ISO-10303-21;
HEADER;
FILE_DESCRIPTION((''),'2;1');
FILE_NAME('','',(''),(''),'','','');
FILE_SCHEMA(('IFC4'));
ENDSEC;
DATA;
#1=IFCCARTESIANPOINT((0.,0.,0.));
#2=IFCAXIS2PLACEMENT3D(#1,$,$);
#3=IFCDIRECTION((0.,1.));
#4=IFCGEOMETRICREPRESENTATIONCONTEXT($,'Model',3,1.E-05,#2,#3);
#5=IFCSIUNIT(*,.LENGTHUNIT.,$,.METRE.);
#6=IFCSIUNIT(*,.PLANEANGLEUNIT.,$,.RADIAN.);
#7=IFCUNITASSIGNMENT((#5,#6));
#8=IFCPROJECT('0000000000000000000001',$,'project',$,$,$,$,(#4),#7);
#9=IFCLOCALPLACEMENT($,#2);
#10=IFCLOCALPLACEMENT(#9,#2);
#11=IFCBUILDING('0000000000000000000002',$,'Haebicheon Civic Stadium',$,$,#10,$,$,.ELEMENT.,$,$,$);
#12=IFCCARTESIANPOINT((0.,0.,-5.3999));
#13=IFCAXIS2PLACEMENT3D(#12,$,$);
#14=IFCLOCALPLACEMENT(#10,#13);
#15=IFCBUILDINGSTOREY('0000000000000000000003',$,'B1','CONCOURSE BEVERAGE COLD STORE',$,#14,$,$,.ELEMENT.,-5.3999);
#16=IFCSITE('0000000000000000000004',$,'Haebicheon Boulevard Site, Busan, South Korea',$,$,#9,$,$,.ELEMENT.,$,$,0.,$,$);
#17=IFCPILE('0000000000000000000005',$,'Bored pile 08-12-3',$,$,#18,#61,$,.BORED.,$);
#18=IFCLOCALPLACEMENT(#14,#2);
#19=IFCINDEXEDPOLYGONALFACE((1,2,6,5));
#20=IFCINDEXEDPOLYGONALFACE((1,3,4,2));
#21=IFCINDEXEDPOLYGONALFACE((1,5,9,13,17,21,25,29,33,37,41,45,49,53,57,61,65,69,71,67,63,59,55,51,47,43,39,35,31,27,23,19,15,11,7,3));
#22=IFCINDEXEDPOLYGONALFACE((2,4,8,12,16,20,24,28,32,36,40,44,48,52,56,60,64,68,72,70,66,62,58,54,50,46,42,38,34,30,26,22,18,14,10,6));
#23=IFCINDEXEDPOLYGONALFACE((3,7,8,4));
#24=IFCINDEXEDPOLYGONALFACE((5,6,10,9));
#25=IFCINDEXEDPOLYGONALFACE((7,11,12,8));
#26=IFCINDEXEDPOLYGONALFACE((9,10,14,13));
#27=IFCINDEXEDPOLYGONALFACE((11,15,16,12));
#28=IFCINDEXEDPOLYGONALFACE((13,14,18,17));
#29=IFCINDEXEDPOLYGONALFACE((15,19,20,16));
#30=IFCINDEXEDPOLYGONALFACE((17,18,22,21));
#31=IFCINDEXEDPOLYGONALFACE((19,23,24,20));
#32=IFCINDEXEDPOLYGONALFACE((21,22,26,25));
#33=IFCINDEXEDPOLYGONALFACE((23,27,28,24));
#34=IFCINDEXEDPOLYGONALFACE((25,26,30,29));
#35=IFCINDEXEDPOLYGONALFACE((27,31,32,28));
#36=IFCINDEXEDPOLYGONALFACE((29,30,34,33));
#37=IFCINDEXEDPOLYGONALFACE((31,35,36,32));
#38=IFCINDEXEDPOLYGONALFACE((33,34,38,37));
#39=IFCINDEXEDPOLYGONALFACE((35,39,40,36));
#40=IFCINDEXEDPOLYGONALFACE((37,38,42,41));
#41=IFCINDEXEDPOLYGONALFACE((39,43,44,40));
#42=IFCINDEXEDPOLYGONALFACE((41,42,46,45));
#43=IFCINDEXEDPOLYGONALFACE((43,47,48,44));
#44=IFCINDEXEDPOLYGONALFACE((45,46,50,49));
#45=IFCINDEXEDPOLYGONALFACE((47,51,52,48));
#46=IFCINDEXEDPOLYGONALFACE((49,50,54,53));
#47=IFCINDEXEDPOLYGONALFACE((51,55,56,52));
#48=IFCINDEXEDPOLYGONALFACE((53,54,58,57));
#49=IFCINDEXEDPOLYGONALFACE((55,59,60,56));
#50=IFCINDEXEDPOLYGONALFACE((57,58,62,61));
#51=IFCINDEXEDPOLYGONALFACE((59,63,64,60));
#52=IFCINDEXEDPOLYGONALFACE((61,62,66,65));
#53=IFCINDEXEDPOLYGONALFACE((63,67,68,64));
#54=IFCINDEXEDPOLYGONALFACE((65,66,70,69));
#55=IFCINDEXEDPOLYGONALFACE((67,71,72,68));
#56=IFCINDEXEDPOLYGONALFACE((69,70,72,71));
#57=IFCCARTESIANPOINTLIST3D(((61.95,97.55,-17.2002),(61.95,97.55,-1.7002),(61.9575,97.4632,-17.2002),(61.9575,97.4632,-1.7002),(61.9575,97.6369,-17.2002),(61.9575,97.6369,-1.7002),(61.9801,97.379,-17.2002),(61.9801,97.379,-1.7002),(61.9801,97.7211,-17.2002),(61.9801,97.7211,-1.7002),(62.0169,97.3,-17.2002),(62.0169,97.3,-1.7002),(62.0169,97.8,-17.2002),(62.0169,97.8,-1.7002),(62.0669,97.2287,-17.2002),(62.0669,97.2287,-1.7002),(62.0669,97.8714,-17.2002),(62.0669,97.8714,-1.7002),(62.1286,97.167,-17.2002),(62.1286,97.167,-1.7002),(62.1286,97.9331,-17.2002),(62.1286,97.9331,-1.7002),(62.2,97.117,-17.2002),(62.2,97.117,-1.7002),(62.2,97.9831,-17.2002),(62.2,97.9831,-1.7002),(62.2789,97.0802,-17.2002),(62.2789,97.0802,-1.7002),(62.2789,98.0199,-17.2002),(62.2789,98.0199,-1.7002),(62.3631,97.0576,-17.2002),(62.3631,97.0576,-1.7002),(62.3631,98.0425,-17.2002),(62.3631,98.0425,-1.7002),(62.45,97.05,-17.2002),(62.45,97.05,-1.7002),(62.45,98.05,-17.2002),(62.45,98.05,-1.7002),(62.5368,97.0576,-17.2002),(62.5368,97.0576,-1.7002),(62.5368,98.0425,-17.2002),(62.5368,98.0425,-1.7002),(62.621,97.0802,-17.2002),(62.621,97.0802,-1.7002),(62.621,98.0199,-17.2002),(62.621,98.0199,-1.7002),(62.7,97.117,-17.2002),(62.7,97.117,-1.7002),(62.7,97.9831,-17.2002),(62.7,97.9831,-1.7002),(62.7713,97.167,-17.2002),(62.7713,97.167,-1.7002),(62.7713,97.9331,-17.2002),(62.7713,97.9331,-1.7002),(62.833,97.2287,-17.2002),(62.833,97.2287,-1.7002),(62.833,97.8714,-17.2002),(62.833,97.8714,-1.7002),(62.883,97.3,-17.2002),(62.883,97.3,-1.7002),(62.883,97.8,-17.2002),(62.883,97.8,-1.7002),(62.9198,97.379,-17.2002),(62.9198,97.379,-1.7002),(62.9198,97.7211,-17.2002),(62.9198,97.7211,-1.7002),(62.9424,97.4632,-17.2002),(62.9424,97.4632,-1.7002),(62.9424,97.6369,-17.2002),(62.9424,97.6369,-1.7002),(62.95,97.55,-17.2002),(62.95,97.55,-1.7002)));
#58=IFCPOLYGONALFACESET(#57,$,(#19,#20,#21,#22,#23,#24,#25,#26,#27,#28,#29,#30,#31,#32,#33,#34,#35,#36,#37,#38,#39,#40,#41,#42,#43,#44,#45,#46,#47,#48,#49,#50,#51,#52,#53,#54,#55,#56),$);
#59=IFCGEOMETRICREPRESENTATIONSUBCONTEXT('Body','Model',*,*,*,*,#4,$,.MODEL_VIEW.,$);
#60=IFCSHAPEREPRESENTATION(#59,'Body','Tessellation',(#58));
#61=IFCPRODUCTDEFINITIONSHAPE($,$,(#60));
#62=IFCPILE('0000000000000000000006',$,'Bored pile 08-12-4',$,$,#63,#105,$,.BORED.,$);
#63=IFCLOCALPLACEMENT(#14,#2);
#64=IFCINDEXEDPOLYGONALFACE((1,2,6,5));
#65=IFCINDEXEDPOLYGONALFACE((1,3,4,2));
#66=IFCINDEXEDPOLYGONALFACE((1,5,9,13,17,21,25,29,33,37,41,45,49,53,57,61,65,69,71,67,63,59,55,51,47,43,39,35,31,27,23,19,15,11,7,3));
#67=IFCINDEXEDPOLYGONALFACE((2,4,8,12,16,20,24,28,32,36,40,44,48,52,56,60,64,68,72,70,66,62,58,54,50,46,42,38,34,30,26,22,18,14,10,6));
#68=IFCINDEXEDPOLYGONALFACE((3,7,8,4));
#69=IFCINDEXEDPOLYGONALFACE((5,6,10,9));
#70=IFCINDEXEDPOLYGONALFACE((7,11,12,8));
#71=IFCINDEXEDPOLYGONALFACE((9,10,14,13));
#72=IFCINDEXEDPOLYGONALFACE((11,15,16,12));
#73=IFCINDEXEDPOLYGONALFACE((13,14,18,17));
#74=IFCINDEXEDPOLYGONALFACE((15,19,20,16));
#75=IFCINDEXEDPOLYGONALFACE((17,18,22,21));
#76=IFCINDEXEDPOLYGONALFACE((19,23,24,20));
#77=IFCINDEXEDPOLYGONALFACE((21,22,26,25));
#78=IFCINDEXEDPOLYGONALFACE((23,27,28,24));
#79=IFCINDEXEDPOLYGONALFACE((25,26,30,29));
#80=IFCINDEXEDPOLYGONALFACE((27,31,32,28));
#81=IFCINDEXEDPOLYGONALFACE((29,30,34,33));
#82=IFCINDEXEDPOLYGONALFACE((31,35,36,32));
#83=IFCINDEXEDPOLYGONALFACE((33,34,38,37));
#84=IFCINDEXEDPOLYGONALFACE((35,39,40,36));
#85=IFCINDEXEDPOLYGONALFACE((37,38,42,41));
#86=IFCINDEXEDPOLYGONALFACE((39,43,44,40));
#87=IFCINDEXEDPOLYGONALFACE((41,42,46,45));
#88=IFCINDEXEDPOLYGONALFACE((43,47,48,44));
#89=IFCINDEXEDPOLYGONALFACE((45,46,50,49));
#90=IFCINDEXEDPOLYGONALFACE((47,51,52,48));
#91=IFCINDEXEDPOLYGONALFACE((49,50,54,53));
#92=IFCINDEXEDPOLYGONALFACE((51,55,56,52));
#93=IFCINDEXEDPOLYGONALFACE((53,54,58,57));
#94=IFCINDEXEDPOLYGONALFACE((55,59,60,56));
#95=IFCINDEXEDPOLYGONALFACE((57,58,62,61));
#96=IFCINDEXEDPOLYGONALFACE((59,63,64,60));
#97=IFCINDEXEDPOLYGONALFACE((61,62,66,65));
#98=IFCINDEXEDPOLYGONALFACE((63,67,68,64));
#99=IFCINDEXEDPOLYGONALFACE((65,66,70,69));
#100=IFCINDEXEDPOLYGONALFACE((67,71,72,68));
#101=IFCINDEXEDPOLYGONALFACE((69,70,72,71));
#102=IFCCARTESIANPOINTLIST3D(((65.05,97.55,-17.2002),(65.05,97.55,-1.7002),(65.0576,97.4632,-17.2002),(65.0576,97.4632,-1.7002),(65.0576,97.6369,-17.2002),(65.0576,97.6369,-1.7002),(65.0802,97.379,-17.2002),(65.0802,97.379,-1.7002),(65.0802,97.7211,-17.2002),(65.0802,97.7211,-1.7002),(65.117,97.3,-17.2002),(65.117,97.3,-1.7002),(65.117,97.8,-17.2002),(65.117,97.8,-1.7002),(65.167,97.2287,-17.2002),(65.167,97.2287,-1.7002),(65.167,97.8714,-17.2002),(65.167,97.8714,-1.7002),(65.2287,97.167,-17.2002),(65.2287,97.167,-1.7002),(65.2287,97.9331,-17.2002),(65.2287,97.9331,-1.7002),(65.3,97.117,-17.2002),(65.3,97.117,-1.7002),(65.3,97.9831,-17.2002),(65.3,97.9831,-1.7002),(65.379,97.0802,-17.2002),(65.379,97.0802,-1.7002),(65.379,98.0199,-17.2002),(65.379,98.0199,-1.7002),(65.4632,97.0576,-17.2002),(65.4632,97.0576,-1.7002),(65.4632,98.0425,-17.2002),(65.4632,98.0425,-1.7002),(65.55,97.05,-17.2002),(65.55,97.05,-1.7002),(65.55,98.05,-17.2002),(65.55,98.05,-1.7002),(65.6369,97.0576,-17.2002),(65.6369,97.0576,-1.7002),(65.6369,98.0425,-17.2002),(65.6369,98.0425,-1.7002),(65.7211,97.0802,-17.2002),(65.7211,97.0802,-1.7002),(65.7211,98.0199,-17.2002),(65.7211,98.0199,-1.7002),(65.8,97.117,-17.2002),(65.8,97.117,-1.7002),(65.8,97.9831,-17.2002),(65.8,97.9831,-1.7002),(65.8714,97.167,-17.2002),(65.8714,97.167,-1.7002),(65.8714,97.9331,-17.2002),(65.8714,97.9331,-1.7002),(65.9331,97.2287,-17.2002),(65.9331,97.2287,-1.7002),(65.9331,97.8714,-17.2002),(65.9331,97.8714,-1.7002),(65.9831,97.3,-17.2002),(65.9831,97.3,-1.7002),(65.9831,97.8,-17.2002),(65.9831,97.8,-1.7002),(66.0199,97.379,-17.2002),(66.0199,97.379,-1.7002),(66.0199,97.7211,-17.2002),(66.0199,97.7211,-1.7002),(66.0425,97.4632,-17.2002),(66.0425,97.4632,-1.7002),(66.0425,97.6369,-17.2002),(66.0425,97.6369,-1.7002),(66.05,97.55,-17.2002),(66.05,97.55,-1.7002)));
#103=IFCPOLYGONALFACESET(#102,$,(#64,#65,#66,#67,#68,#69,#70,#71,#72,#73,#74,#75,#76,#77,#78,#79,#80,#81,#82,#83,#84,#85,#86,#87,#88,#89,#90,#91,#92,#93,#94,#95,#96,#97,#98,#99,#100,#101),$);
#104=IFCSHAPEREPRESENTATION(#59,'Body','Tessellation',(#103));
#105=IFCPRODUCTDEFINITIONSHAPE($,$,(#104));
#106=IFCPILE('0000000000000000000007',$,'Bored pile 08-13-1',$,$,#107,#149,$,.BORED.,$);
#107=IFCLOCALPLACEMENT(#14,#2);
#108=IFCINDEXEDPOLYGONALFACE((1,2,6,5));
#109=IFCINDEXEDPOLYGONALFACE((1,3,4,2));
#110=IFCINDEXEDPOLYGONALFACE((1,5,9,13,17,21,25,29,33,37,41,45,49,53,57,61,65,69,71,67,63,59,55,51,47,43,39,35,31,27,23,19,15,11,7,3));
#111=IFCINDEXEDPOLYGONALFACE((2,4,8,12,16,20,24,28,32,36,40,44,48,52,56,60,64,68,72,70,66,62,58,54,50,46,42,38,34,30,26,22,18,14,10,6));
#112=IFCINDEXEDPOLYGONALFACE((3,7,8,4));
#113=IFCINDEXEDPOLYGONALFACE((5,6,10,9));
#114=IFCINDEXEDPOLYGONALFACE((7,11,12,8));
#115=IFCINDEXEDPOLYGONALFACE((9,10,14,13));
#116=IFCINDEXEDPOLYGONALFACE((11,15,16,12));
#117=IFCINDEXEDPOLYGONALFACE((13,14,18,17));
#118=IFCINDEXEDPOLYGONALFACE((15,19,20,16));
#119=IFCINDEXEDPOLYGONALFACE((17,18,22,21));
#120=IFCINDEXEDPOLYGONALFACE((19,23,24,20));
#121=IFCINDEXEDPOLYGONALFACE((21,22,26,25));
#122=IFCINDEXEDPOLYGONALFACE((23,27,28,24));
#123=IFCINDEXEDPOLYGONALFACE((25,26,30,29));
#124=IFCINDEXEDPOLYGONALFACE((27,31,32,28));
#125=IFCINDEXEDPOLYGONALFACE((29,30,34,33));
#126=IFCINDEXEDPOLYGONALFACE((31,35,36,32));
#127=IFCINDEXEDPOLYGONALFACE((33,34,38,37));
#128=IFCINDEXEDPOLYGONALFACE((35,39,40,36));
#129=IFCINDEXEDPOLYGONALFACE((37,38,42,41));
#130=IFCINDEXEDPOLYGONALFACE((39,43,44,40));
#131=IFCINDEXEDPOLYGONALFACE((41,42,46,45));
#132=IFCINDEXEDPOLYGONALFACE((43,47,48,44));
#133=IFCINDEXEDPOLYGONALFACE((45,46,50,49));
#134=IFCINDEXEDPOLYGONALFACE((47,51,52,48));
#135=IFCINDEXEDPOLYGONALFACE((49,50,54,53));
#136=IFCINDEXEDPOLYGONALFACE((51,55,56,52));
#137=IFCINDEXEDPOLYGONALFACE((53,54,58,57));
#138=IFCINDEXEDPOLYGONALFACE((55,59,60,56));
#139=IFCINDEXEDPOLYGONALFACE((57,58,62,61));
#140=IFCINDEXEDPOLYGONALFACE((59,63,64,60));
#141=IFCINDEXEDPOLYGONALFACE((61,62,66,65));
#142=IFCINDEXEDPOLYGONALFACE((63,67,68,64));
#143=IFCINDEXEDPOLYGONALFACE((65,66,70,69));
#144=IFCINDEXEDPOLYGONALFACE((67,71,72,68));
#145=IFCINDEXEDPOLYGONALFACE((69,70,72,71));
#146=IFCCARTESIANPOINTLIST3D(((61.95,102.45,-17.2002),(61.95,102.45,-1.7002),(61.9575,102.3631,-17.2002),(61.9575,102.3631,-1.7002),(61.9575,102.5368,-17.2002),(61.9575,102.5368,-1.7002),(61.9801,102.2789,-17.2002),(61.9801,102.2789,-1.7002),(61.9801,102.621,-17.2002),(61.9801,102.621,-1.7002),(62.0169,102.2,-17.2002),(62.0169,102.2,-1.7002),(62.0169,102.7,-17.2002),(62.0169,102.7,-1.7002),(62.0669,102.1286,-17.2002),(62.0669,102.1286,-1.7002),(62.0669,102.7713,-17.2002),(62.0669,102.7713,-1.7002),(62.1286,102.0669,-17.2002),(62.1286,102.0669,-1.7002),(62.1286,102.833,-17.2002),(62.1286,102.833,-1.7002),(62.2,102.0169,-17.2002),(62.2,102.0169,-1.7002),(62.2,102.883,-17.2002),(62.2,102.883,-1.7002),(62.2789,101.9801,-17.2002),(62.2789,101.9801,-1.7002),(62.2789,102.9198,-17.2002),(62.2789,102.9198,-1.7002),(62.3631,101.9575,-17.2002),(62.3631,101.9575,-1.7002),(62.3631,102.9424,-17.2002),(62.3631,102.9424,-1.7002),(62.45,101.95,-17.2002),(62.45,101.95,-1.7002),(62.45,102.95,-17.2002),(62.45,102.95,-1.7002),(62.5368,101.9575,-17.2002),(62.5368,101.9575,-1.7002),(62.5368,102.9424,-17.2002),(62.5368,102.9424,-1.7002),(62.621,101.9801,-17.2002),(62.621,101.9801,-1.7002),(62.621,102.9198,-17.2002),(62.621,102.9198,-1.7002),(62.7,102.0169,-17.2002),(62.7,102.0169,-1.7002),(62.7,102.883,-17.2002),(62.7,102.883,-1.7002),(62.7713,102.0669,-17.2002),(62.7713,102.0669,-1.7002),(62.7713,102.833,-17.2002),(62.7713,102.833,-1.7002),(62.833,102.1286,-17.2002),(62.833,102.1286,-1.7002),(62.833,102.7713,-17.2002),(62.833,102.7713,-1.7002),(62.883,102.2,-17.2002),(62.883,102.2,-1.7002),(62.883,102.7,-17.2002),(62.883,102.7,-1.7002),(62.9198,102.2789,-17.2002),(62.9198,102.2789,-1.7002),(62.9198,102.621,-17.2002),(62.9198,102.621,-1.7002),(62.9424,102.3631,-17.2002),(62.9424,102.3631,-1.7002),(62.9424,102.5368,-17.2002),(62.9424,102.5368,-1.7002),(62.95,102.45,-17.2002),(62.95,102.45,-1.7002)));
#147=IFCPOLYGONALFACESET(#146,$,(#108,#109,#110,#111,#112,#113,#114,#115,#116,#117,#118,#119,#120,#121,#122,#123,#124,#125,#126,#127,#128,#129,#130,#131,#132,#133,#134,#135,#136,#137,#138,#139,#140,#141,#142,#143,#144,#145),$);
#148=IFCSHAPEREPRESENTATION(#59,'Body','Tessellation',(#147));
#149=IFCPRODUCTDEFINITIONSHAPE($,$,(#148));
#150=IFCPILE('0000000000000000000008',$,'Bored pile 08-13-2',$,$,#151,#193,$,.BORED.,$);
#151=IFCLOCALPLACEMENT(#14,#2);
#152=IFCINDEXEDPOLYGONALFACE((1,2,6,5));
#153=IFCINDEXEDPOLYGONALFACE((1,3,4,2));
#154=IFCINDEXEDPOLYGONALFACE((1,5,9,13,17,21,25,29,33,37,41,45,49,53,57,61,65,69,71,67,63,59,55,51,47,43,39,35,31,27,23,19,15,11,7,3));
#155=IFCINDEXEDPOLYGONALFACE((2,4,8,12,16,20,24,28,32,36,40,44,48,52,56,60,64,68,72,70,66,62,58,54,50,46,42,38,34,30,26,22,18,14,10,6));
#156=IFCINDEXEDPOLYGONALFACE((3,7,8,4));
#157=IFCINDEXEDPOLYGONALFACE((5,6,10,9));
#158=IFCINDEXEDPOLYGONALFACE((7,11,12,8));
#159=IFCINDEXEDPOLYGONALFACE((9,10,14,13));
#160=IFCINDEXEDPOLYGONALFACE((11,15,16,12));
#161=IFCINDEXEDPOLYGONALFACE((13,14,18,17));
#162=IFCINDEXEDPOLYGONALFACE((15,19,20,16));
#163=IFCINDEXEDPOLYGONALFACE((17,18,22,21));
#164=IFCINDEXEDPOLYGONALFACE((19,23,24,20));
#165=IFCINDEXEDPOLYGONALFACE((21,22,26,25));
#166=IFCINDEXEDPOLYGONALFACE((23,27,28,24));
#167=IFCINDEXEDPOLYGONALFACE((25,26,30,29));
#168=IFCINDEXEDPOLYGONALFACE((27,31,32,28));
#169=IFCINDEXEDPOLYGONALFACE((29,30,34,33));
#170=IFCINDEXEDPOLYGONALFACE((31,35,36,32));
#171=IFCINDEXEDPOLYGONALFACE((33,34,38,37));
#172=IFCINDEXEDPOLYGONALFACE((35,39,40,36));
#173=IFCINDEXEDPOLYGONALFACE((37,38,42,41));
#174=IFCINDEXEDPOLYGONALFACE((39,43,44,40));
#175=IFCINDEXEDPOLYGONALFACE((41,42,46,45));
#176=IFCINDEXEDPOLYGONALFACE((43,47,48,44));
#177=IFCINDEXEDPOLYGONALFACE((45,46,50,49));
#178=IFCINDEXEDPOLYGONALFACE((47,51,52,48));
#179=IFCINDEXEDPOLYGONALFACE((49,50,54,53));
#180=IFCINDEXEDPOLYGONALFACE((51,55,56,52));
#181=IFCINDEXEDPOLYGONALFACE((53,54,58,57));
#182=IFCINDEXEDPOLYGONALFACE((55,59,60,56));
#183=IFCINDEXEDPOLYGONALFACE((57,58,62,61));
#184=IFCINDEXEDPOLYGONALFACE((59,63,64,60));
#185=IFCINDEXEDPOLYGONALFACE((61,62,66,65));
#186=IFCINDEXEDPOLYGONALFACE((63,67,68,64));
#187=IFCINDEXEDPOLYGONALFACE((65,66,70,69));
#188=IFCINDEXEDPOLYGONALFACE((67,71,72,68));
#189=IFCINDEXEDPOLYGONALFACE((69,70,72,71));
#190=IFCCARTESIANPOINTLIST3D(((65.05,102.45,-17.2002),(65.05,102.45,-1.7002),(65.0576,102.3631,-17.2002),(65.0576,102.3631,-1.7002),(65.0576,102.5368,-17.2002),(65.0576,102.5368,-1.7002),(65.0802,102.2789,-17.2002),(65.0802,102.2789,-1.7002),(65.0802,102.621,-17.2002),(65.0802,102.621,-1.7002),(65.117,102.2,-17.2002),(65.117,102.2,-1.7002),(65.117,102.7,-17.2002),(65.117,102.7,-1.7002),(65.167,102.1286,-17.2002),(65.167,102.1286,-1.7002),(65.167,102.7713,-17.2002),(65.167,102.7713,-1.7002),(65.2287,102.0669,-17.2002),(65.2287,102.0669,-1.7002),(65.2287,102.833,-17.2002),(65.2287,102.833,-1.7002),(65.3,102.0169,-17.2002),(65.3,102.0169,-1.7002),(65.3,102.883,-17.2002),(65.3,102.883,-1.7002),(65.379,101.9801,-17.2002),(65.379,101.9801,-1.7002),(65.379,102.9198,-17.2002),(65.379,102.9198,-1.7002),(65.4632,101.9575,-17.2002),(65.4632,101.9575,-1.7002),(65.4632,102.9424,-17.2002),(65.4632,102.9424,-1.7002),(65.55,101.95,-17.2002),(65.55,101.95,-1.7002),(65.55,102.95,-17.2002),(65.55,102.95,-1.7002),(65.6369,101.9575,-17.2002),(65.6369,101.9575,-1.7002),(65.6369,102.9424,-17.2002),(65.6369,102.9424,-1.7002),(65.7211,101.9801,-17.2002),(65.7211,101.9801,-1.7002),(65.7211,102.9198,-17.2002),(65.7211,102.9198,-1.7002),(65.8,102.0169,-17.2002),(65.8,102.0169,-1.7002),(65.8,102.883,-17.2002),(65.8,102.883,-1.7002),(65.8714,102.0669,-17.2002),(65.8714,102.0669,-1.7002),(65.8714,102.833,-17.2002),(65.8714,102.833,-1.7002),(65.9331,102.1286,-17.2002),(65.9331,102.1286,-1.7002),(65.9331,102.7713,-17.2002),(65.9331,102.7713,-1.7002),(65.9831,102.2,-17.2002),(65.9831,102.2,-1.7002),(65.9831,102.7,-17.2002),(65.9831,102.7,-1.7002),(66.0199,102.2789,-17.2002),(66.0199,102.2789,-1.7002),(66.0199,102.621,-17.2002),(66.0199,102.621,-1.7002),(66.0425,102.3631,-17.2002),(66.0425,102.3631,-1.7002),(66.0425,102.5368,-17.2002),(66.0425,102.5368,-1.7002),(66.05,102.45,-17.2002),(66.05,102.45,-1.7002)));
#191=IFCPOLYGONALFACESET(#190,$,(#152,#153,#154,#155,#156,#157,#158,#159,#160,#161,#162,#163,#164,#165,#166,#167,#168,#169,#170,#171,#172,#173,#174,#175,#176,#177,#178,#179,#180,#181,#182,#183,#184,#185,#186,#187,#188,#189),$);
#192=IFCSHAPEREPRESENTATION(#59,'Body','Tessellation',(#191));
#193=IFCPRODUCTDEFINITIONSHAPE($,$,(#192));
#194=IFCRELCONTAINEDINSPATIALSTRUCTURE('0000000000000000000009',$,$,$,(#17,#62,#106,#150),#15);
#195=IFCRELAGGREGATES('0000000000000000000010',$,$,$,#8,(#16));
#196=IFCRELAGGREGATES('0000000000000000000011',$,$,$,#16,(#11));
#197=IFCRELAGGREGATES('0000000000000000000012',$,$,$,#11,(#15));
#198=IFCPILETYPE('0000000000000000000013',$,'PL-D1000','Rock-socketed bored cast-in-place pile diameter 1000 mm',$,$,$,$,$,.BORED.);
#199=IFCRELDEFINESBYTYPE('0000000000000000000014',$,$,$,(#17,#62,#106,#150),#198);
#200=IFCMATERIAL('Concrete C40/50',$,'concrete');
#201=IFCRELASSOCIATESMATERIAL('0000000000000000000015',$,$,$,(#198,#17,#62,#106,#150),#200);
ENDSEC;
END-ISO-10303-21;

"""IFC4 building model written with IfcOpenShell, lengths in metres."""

from ifc_helpers import new_model, si_unit, direction, frame, origin, origin_2d, place, context, subcontext, project, spatial, circle, extrude, material, material_profile, profile_set, type_object, element, save


model = new_model("IFC4")

# Units and contexts
model_context = context("Model", 3, precision=1e-05, world=origin(), true_north=direction((0.0, 1.0)))
body_context = subcontext(model_context, "Body", "Model", "MODEL_VIEW")
ifc_project = project(units=[si_unit("LENGTHUNIT", "METRE"), si_unit("PLANEANGLEUNIT", "RADIAN")], contexts=[model_context])

# Site, building, storey
site_placement = place(None, origin())
site = spatial("IfcSite", under=ifc_project, at=site_placement, Name="Haebicheon Boulevard Site, Busan, South Korea", CompositionType="ELEMENT", RefElevation=0.0)
building_placement = place(site_placement, origin())
building = spatial("IfcBuilding", under=site, at=building_placement, Name="Haebicheon Civic Stadium", CompositionType="ELEMENT")
storey_placement = place(building_placement, frame((0.0, 0.0, -5.3999)))
storey = spatial("IfcBuildingStorey", under=building, at=storey_placement, Name="B1", Description="CONCOURSE BEVERAGE COLD STORE", CompositionType="ELEMENT", Elevation=-5.3999)

# Piles
ifc_material_1 = material(Name="Concrete C40/50", Category="concrete")
ifc_material_profile_1 = material_profile(ifc_material_1, circle(Radius=0.5, at=origin_2d()), Name="PILE-D1000")
ifc_profile_set_1 = profile_set([ifc_material_profile_1], Name="Concrete C40/50")
pile_type = type_object("IfcPileType", Name="PL-D1000", Description="Rock-socketed bored cast-in-place pile diameter 1000 mm", PredefinedType="BORED", material=ifc_profile_set_1)
for number, where, z_axis, x_axis, name in (
    (1, (62.45, 97.55, -1.7002), (0.0, 0.0, -1.0), (1.0, 0.0, 0.0), "Bored pile 08-12-3"),
    (2, (65.55, 97.55, -1.7002), (0.0, 0.0, -1.0), (1.0, 0.0, 0.0), "Bored pile 08-12-4"),
    (3, (62.45, 102.45, -1.7002), (0.0, 0.0, -1.0), (1.0, 0.0, 0.0), "Bored pile 08-13-1"),
    (4, (65.55, 102.45, -1.7002), (0.0, 0.0, -1.0), (1.0, 0.0, 0.0), "Bored pile 08-13-2"),
):
    element("IfcPile", number, at=place(storey_placement, frame(where, z_axis=z_axis, x_axis=x_axis)), inside=storey, type_object=pile_type, material=ifc_profile_set_1, Name=name, PredefinedType="BORED", context=body_context, shape_type="SweptSolid", body=[
        extrude(circle(Radius=0.5, at=origin_2d()), origin(), (0.0, 0.0, 1.0), 15.5),
    ])

save(model, "model.ifc")
